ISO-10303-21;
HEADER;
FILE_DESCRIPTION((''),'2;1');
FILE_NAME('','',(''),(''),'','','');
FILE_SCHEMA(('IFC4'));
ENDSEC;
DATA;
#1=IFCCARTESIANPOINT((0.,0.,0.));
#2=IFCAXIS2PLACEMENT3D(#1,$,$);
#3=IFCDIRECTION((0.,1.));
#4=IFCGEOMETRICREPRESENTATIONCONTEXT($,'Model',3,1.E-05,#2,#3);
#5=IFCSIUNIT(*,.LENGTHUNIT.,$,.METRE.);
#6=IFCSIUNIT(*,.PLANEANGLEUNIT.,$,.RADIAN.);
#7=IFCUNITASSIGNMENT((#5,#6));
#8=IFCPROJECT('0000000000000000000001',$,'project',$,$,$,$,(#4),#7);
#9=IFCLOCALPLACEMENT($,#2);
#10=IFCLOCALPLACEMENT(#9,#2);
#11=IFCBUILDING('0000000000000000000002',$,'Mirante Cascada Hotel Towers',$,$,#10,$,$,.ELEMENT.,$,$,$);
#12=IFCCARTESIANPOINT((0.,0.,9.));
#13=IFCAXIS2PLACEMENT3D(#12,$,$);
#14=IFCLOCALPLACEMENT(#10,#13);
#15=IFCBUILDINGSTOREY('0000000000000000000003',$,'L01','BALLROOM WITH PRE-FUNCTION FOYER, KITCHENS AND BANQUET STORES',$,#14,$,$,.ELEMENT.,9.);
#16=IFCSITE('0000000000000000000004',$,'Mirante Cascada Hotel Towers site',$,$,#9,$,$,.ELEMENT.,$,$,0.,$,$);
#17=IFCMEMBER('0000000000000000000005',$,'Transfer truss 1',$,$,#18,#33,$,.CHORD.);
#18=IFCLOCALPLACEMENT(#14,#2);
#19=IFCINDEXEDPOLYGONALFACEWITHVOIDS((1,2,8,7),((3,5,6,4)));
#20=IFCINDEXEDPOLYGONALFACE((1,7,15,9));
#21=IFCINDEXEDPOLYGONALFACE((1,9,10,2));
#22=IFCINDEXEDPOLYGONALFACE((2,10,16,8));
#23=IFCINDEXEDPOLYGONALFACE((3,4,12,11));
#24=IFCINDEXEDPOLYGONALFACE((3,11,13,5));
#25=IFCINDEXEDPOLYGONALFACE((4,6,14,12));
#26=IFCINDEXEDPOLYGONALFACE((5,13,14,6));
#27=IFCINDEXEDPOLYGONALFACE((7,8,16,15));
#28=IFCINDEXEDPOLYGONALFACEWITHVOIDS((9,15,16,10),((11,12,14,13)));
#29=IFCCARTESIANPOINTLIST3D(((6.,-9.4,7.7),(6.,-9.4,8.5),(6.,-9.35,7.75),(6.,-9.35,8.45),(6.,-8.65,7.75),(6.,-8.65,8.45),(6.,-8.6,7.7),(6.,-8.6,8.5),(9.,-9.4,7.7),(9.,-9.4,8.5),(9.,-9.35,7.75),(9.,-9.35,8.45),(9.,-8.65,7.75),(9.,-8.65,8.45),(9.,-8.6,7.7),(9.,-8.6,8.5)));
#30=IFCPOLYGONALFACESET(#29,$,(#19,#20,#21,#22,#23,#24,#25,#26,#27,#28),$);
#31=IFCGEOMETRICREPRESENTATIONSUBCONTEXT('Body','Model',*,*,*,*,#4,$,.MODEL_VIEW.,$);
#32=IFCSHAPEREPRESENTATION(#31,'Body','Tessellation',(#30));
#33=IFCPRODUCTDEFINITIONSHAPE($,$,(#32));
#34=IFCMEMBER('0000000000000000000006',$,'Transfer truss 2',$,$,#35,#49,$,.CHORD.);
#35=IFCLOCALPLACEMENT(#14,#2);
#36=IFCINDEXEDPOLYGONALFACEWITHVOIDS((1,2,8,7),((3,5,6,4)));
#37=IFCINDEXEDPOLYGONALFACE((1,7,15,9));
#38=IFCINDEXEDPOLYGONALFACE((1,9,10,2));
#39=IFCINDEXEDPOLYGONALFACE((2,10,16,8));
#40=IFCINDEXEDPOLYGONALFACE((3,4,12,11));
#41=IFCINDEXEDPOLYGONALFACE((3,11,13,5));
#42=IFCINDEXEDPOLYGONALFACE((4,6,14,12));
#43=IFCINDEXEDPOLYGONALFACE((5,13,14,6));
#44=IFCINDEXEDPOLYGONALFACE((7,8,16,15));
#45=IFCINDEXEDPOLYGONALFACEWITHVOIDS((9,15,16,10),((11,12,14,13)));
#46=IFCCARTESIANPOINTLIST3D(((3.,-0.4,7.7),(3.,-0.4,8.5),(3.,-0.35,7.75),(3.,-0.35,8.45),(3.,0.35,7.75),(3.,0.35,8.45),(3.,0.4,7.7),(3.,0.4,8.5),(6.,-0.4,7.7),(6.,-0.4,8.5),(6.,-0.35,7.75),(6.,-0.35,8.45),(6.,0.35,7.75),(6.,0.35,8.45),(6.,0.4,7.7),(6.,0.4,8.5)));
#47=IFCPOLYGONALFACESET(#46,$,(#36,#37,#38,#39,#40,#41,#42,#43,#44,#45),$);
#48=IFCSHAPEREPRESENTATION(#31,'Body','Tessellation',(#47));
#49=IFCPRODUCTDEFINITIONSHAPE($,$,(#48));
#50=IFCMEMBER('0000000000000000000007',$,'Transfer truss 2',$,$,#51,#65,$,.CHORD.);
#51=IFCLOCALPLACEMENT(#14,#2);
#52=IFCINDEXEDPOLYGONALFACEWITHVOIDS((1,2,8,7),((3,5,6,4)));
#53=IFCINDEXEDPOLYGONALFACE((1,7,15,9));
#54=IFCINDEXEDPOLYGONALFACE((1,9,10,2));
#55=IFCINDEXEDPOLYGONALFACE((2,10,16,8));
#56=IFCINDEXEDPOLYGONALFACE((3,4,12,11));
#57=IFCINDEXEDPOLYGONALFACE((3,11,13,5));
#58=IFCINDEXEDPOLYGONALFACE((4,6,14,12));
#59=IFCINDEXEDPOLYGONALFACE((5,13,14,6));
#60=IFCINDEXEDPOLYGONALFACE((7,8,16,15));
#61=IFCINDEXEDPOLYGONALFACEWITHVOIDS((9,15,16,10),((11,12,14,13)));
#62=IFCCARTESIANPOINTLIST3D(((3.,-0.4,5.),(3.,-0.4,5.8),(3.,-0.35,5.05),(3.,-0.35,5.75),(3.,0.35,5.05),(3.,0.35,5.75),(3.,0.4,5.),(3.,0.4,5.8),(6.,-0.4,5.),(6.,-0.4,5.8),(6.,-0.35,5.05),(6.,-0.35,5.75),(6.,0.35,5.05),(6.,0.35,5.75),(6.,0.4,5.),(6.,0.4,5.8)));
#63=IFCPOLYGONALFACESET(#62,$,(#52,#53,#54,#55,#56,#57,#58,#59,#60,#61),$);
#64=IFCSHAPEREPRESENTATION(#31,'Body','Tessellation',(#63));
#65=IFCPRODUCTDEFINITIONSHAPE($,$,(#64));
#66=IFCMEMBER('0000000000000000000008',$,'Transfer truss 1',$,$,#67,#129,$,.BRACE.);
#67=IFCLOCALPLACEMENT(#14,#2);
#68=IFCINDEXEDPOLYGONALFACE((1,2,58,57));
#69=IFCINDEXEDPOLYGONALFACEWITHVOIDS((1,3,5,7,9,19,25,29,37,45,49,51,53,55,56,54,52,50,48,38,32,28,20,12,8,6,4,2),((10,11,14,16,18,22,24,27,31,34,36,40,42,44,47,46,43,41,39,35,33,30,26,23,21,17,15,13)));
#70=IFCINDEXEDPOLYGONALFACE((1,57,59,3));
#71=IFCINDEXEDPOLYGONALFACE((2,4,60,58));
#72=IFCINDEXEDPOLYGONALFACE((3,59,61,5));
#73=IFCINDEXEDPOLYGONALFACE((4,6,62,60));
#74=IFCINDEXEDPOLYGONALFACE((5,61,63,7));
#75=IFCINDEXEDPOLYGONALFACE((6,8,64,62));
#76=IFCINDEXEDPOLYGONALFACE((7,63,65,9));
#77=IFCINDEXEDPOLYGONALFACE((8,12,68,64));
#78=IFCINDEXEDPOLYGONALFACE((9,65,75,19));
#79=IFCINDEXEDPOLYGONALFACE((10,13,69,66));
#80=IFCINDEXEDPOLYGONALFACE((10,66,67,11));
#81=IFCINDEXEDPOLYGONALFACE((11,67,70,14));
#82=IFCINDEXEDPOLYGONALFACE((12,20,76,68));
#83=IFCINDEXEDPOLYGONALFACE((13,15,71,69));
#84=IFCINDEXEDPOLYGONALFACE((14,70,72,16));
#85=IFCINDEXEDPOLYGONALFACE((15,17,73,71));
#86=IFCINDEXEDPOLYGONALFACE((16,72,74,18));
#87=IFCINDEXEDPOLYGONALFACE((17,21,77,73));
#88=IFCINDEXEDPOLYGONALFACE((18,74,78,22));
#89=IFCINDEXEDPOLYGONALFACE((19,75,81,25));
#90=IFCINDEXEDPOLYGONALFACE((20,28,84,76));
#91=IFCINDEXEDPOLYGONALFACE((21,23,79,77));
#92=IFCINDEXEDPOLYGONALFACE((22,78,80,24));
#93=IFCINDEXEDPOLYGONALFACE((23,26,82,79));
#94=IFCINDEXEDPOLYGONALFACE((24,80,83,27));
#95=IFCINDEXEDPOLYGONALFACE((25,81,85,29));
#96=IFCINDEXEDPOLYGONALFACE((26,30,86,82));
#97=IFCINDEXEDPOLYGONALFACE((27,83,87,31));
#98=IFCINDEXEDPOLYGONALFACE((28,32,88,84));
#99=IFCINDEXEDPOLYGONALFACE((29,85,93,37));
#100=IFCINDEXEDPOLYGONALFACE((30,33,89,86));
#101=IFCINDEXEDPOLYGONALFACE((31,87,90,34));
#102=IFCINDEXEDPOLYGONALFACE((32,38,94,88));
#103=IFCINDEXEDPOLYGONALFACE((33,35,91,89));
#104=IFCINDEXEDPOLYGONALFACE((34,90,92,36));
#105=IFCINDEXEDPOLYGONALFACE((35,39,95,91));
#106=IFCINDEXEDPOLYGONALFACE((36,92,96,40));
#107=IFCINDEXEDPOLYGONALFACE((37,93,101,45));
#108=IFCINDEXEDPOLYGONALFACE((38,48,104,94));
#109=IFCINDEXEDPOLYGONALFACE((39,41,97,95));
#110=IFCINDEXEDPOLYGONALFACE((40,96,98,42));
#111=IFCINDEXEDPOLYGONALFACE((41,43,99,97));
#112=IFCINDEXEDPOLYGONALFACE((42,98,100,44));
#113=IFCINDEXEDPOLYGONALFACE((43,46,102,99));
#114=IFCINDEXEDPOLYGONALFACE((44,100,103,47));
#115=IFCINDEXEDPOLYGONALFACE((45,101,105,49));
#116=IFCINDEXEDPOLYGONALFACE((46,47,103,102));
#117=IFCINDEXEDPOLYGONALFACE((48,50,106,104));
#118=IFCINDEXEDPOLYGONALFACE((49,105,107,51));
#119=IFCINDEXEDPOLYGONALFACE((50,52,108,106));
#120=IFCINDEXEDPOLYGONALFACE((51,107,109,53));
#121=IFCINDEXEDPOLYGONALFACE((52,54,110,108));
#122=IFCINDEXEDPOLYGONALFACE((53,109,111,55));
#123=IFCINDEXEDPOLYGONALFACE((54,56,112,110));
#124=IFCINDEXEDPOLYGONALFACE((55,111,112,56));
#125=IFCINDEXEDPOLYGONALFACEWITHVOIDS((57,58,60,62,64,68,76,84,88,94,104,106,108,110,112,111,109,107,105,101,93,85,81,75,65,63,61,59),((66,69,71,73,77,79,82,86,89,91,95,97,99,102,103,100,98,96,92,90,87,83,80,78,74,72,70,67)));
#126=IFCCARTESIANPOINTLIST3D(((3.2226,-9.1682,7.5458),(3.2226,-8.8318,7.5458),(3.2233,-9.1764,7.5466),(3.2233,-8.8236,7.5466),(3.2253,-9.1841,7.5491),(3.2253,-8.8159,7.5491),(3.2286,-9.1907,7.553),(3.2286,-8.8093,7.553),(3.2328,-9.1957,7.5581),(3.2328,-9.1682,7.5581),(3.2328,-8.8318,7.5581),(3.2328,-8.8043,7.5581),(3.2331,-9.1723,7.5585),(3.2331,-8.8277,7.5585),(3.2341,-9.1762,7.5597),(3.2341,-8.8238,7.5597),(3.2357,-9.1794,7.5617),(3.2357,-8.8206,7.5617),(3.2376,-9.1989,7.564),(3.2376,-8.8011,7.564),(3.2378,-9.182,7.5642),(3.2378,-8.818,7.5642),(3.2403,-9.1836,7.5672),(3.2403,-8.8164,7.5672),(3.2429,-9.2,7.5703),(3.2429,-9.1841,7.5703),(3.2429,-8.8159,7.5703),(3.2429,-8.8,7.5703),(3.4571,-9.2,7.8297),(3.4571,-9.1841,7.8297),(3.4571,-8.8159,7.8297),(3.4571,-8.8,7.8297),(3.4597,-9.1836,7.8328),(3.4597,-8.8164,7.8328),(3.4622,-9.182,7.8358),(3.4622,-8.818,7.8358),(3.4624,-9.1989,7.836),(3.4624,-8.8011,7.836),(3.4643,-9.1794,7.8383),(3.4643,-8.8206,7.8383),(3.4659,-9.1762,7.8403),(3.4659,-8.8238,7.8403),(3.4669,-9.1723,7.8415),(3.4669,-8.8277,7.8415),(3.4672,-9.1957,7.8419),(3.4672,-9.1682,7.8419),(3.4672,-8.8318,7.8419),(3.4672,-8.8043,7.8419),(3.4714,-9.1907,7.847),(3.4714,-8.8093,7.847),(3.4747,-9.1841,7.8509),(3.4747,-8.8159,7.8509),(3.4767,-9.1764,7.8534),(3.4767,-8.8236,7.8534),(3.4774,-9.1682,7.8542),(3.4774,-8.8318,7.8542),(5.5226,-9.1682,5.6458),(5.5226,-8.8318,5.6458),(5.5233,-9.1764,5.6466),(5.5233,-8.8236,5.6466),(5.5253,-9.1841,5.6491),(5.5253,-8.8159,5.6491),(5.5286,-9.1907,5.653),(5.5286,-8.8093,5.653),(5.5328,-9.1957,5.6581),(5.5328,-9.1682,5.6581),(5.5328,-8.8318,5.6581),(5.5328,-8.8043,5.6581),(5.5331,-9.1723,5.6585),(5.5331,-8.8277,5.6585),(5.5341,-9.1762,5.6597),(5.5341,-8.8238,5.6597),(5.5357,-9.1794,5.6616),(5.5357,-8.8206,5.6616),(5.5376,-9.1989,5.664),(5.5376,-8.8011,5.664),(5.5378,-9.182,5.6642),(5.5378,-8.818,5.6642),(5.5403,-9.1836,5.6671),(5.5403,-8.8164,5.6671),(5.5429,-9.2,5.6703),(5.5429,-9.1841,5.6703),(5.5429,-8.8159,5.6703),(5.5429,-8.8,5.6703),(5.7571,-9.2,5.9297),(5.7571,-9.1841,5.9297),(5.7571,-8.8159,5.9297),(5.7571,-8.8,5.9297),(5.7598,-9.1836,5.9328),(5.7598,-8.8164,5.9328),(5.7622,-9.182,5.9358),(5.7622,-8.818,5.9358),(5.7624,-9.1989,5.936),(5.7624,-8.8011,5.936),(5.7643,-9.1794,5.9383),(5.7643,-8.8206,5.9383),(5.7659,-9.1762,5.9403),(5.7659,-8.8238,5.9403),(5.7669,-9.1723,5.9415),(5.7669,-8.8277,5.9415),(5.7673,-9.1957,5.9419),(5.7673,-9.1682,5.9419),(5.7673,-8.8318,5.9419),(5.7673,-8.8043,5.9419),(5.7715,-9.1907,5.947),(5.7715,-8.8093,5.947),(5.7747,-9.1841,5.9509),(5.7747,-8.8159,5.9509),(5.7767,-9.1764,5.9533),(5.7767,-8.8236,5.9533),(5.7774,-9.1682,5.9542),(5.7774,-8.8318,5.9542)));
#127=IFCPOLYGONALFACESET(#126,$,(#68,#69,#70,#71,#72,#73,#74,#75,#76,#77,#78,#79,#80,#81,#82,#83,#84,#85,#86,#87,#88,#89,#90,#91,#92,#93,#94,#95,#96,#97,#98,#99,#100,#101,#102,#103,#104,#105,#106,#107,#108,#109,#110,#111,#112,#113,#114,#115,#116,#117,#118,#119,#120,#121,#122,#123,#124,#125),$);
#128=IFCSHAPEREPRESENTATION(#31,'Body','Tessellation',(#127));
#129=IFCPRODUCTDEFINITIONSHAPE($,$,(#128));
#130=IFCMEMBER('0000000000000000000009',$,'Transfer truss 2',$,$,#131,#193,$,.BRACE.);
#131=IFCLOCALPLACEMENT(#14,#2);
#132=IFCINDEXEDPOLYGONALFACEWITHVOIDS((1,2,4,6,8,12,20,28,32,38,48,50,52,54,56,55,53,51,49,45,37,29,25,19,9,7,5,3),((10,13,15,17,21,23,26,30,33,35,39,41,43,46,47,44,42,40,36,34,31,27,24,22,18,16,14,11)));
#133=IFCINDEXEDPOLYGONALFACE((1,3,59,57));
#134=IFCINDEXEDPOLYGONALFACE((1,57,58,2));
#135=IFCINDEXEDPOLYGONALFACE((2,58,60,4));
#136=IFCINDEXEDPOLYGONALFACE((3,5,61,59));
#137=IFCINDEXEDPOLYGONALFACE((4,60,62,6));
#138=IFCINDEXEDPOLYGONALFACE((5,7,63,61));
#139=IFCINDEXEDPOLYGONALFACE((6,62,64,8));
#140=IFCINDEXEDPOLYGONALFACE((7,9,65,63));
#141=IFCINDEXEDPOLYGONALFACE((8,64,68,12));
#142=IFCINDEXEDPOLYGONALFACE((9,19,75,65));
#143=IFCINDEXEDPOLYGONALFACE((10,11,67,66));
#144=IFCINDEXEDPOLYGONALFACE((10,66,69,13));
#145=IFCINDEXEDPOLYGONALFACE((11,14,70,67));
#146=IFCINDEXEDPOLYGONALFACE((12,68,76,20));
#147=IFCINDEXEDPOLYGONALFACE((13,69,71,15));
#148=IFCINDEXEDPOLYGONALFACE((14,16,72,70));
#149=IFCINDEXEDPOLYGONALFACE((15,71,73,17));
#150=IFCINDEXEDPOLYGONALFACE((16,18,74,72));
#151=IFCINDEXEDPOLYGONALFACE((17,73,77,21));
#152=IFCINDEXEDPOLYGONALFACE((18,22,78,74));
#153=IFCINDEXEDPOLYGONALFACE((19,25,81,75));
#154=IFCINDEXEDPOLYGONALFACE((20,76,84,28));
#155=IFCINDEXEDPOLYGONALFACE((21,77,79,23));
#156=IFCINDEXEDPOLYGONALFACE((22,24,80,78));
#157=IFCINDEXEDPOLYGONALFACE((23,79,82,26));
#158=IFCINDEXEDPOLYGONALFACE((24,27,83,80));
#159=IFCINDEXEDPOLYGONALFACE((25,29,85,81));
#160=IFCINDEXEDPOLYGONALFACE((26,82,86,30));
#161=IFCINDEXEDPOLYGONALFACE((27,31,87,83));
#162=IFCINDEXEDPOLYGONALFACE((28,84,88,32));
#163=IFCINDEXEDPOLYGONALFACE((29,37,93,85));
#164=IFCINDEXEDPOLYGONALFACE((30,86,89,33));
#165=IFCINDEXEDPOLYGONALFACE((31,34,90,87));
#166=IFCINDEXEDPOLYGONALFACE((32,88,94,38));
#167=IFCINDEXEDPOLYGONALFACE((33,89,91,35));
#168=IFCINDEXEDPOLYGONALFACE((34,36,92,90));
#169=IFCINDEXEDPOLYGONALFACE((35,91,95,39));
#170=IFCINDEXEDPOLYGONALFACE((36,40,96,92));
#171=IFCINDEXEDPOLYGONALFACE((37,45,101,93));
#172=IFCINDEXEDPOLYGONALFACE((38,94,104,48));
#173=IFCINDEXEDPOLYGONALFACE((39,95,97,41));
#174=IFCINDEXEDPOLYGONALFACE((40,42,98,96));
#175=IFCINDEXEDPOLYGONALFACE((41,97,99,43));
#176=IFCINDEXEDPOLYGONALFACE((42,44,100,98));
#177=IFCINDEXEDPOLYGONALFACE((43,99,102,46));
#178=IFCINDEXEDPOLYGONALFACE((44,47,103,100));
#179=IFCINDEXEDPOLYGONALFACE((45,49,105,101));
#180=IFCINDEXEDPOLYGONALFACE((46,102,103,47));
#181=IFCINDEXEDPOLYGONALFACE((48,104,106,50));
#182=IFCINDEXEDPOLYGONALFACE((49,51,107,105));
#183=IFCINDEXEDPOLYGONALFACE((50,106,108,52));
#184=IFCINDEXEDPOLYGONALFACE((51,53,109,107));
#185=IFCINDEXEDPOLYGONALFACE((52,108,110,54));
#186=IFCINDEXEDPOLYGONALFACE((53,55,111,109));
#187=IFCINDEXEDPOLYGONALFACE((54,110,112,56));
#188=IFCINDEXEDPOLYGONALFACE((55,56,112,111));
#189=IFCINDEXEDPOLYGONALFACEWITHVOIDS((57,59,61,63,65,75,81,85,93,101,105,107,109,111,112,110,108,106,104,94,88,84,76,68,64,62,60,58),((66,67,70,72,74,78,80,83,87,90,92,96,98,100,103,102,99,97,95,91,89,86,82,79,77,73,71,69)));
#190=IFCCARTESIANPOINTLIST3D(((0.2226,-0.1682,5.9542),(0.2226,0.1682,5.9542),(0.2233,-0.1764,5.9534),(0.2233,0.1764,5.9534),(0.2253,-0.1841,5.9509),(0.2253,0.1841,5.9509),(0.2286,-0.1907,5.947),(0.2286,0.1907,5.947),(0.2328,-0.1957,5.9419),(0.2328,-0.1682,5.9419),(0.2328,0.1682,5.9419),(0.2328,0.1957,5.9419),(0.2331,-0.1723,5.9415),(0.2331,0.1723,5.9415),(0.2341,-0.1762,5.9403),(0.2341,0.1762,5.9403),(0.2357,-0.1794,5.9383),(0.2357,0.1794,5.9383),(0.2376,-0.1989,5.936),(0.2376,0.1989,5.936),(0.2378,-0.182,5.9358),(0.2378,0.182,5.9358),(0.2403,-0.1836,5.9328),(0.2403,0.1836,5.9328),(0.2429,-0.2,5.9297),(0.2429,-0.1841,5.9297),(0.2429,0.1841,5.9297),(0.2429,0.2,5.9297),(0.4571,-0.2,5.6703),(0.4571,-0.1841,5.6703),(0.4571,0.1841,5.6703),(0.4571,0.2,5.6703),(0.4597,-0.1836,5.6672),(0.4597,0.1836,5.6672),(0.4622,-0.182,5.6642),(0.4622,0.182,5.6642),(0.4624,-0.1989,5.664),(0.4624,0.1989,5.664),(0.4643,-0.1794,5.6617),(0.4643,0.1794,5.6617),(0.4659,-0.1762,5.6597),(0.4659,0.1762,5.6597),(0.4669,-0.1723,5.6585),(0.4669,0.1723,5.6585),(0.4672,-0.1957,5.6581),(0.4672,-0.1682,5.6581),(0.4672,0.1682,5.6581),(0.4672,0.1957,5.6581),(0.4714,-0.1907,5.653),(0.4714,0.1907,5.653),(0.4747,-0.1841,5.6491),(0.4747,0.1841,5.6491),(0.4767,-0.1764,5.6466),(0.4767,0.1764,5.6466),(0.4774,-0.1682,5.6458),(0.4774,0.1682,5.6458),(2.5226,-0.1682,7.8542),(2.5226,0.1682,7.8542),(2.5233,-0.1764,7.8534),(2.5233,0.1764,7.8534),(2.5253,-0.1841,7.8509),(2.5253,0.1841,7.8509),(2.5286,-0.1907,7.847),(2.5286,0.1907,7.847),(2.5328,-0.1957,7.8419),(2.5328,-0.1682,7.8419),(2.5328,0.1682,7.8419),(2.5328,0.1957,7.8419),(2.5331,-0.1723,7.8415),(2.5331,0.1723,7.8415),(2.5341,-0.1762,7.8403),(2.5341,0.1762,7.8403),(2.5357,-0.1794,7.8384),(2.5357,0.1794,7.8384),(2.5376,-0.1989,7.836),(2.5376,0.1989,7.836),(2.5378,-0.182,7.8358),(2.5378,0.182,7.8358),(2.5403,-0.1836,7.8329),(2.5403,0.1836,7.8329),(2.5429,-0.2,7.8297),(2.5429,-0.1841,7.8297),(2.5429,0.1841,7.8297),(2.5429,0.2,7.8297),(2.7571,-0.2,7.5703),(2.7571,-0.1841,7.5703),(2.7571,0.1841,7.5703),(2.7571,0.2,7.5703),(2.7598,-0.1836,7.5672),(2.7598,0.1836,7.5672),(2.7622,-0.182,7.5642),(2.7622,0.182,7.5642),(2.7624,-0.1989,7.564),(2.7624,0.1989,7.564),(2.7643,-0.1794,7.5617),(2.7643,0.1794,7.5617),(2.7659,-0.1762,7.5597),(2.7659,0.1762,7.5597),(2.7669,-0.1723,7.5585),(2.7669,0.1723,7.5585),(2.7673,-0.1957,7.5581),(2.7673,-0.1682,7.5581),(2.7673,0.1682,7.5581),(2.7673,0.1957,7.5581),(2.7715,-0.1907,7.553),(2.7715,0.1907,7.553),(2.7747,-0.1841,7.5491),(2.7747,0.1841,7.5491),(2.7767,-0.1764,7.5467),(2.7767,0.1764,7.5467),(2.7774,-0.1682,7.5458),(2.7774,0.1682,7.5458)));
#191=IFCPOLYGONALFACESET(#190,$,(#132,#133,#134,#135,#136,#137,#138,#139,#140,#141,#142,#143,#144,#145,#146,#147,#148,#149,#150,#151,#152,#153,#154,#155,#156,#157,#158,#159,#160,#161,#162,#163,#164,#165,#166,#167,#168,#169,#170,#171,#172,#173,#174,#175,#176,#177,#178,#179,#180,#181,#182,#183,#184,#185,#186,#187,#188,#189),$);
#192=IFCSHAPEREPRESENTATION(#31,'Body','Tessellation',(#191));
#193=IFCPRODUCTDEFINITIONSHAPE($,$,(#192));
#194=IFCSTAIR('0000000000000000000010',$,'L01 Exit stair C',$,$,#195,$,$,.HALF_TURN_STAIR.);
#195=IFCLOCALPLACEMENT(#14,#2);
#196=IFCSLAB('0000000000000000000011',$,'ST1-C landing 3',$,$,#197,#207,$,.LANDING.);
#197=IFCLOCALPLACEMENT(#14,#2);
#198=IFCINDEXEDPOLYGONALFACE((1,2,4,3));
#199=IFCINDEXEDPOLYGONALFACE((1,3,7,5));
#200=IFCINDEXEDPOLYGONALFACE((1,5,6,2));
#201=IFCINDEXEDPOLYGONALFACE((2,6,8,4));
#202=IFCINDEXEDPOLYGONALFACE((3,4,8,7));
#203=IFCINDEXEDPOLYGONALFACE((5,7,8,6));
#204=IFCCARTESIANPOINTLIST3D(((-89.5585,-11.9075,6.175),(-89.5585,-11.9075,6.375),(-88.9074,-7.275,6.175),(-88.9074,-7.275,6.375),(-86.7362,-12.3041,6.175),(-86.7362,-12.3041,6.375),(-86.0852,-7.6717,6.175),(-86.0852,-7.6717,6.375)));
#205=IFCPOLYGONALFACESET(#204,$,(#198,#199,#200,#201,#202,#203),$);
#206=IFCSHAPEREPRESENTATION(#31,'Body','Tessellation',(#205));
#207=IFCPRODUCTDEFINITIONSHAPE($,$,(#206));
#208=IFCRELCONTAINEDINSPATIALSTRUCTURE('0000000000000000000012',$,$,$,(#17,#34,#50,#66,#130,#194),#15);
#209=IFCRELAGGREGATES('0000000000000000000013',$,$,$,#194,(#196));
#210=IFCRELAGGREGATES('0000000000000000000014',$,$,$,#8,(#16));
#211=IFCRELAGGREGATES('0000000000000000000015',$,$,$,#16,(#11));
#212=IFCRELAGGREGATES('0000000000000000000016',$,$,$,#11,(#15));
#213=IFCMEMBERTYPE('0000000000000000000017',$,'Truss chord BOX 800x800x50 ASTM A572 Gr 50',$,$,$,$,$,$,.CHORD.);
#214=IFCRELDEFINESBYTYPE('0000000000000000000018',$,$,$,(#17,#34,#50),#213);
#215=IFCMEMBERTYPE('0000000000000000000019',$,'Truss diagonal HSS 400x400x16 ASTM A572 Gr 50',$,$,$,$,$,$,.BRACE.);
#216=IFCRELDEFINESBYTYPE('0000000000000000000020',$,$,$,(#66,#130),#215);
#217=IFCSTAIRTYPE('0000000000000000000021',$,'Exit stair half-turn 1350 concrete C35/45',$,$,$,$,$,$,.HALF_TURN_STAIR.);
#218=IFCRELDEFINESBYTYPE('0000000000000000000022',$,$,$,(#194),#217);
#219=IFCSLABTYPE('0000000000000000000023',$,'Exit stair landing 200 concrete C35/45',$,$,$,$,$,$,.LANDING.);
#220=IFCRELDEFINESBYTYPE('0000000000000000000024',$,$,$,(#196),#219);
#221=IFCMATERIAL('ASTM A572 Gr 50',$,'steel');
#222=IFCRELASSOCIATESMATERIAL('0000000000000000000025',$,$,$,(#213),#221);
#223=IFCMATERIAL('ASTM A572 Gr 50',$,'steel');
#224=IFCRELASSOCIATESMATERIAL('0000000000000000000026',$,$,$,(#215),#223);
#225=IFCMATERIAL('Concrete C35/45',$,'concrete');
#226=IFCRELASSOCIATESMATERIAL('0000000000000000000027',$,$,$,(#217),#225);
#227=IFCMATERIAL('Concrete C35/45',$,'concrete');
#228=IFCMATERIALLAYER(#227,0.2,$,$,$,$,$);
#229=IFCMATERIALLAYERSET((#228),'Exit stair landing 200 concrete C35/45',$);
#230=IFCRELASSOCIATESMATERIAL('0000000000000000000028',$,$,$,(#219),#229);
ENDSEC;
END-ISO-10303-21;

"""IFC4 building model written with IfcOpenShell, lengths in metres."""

from ifc_helpers import new_model, si_unit, direction, frame, origin, origin_2d, place, context, subcontext, project, spatial, polyline, hollow_rectangle, outline, extrude, material, layer, layer_set, material_profile, profile_set, type_object, element, aggregate, save


model = new_model("IFC4")

# Units and contexts
model_context = context("Model", 3, precision=1e-05, world=origin(), true_north=direction((0.0, 1.0)))
body_context = subcontext(model_context, "Body", "Model", "MODEL_VIEW")
ifc_project = project(units=[si_unit("LENGTHUNIT", "METRE"), si_unit("PLANEANGLEUNIT", "RADIAN")], contexts=[model_context])

# Site, building, storey
site_placement = place(None, origin())
site = spatial("IfcSite", under=ifc_project, at=site_placement, Name="Mirante Cascada Hotel Towers site", CompositionType="ELEMENT", RefElevation=0.0)
building_placement = place(site_placement, origin())
building = spatial("IfcBuilding", under=site, at=building_placement, Name="Mirante Cascada Hotel Towers", CompositionType="ELEMENT")
storey_placement = place(building_placement, frame((0.0, 0.0, 9.0)))
storey = spatial("IfcBuildingStorey", under=building, at=storey_placement, Name="L01", Description="BALLROOM WITH PRE-FUNCTION FOYER, KITCHENS AND BANQUET STORES", CompositionType="ELEMENT", Elevation=9.0)

# Members
ifc_material_1 = material(Name="ASTM A572 Gr 50", Category="steel")
ifc_material_profile_1 = material_profile(ifc_material_1, hollow_rectangle(XDim=0.8, YDim=0.8, WallThickness=0.05, at=origin_2d()), Name="BOX 800x800x50")
ifc_profile_set_1 = profile_set([ifc_material_profile_1], Name="ASTM A572 Gr 50")
member_type_1 = type_object("IfcMemberType", Name="Truss chord BOX 800x800x50 ASTM A572 Gr 50", PredefinedType="CHORD", material=ifc_profile_set_1)
for number, where, z_axis, x_axis, name in (
    (1, (6.0, -9.0, 8.1), (1.0, 0.0, 0.0), (0.0, 1.0, 0.0), "Transfer truss 1"),
    (2, (3.0, 0.0, 8.1), (1.0, 0.0, 0.0), (0.0, 1.0, 0.0), "Transfer truss 2"),
    (3, (3.0, 0.0, 5.4), (1.0, 0.0, 0.0), (0.0, 1.0, 0.0), "Transfer truss 2"),
):
    element("IfcMember", number, at=place(storey_placement, frame(where, z_axis=z_axis, x_axis=x_axis)), inside=storey, type_object=member_type_1, Name=name, PredefinedType="CHORD", context=body_context, shape_type="SweptSolid", body=[
        extrude(hollow_rectangle(XDim=0.8, YDim=0.8, WallThickness=0.05, at=origin_2d()), origin(), (0.0, 0.0, 1.0), 3.0),
    ])
ifc_material_2 = material(Name="ASTM A572 Gr 50", Category="steel")
ifc_material_profile_2 = material_profile(ifc_material_2, hollow_rectangle(XDim=0.4, YDim=0.4, WallThickness=0.0159, InnerFilletRadius=0.0159, OuterFilletRadius=0.0318, at=origin_2d()), Name="HSS 400x400x16")
ifc_profile_set_2 = profile_set([ifc_material_profile_2], Name="ASTM A572 Gr 50")
member_type_2 = type_object("IfcMemberType", Name="Truss diagonal HSS 400x400x16 ASTM A572 Gr 50", PredefinedType="BRACE", material=ifc_profile_set_2)
for number, where, z_axis, x_axis, name in (
    (4, (3.35, -9.0, 7.7), (0.770962, 0.0, -0.636881), (0.0, 1.0, 0.0), "Transfer truss 1"),
    (5, (0.35, 0.0, 5.8), (0.770962, 0.0, 0.636881), (0.0, 1.0, 0.0), "Transfer truss 2"),
):
    element("IfcMember", number, at=place(storey_placement, frame(where, z_axis=z_axis, x_axis=x_axis)), inside=storey, type_object=member_type_2, Name=name, PredefinedType="BRACE", context=body_context, shape_type="SweptSolid", body=[
        extrude(hollow_rectangle(XDim=0.4, YDim=0.4, WallThickness=0.0159, InnerFilletRadius=0.0159, OuterFilletRadius=0.0318, at=origin_2d()), origin(), (0.0, 0.0, 1.0), 2.9833),
    ])

# Stair, slab
ifc_material_3 = material(Name="Concrete C35/45", Category="concrete")
stair_type_1 = type_object("IfcStairType", Name="Exit stair half-turn 1350 concrete C35/45", PredefinedType="HALF_TURN_STAIR", material=ifc_material_3)
stair_1_placement = place(storey_placement, origin())
stair_1 = element("IfcStair", 6, at=stair_1_placement, inside=storey, type_object=stair_type_1, Name="L01 Exit stair C", PredefinedType="HALF_TURN_STAIR")
ifc_material_4 = material(Name="Concrete C35/45", Category="concrete")
ifc_layer_1 = layer(ifc_material_4, 0.2)
ifc_layer_set_1 = layer_set([ifc_layer_1], Name="Exit stair landing 200 concrete C35/45")
slab_type_1 = type_object("IfcSlabType", Name="Exit stair landing 200 concrete C35/45", PredefinedType="LANDING", material=ifc_layer_set_1)
slab_1_placement = place(storey_placement, frame((0.0, 0.0, 6.175)))
slab_1 = element("IfcSlab", 7, at=slab_1_placement, type_object=slab_type_1, Name="ST1-C landing 3", PredefinedType="LANDING", context=body_context, shape_type="SweptSolid", body=[
    extrude(outline(polyline([(-88.9074, -7.275), (-89.5585, -11.9075), (-86.7362, -12.3041), (-86.0852, -7.6717), (-88.9074, -7.275)])), origin(), (0.0, 0.0, 1.0), 0.2),
])
aggregate(stair_1, [slab_1])

save(model, "model.ifc")
